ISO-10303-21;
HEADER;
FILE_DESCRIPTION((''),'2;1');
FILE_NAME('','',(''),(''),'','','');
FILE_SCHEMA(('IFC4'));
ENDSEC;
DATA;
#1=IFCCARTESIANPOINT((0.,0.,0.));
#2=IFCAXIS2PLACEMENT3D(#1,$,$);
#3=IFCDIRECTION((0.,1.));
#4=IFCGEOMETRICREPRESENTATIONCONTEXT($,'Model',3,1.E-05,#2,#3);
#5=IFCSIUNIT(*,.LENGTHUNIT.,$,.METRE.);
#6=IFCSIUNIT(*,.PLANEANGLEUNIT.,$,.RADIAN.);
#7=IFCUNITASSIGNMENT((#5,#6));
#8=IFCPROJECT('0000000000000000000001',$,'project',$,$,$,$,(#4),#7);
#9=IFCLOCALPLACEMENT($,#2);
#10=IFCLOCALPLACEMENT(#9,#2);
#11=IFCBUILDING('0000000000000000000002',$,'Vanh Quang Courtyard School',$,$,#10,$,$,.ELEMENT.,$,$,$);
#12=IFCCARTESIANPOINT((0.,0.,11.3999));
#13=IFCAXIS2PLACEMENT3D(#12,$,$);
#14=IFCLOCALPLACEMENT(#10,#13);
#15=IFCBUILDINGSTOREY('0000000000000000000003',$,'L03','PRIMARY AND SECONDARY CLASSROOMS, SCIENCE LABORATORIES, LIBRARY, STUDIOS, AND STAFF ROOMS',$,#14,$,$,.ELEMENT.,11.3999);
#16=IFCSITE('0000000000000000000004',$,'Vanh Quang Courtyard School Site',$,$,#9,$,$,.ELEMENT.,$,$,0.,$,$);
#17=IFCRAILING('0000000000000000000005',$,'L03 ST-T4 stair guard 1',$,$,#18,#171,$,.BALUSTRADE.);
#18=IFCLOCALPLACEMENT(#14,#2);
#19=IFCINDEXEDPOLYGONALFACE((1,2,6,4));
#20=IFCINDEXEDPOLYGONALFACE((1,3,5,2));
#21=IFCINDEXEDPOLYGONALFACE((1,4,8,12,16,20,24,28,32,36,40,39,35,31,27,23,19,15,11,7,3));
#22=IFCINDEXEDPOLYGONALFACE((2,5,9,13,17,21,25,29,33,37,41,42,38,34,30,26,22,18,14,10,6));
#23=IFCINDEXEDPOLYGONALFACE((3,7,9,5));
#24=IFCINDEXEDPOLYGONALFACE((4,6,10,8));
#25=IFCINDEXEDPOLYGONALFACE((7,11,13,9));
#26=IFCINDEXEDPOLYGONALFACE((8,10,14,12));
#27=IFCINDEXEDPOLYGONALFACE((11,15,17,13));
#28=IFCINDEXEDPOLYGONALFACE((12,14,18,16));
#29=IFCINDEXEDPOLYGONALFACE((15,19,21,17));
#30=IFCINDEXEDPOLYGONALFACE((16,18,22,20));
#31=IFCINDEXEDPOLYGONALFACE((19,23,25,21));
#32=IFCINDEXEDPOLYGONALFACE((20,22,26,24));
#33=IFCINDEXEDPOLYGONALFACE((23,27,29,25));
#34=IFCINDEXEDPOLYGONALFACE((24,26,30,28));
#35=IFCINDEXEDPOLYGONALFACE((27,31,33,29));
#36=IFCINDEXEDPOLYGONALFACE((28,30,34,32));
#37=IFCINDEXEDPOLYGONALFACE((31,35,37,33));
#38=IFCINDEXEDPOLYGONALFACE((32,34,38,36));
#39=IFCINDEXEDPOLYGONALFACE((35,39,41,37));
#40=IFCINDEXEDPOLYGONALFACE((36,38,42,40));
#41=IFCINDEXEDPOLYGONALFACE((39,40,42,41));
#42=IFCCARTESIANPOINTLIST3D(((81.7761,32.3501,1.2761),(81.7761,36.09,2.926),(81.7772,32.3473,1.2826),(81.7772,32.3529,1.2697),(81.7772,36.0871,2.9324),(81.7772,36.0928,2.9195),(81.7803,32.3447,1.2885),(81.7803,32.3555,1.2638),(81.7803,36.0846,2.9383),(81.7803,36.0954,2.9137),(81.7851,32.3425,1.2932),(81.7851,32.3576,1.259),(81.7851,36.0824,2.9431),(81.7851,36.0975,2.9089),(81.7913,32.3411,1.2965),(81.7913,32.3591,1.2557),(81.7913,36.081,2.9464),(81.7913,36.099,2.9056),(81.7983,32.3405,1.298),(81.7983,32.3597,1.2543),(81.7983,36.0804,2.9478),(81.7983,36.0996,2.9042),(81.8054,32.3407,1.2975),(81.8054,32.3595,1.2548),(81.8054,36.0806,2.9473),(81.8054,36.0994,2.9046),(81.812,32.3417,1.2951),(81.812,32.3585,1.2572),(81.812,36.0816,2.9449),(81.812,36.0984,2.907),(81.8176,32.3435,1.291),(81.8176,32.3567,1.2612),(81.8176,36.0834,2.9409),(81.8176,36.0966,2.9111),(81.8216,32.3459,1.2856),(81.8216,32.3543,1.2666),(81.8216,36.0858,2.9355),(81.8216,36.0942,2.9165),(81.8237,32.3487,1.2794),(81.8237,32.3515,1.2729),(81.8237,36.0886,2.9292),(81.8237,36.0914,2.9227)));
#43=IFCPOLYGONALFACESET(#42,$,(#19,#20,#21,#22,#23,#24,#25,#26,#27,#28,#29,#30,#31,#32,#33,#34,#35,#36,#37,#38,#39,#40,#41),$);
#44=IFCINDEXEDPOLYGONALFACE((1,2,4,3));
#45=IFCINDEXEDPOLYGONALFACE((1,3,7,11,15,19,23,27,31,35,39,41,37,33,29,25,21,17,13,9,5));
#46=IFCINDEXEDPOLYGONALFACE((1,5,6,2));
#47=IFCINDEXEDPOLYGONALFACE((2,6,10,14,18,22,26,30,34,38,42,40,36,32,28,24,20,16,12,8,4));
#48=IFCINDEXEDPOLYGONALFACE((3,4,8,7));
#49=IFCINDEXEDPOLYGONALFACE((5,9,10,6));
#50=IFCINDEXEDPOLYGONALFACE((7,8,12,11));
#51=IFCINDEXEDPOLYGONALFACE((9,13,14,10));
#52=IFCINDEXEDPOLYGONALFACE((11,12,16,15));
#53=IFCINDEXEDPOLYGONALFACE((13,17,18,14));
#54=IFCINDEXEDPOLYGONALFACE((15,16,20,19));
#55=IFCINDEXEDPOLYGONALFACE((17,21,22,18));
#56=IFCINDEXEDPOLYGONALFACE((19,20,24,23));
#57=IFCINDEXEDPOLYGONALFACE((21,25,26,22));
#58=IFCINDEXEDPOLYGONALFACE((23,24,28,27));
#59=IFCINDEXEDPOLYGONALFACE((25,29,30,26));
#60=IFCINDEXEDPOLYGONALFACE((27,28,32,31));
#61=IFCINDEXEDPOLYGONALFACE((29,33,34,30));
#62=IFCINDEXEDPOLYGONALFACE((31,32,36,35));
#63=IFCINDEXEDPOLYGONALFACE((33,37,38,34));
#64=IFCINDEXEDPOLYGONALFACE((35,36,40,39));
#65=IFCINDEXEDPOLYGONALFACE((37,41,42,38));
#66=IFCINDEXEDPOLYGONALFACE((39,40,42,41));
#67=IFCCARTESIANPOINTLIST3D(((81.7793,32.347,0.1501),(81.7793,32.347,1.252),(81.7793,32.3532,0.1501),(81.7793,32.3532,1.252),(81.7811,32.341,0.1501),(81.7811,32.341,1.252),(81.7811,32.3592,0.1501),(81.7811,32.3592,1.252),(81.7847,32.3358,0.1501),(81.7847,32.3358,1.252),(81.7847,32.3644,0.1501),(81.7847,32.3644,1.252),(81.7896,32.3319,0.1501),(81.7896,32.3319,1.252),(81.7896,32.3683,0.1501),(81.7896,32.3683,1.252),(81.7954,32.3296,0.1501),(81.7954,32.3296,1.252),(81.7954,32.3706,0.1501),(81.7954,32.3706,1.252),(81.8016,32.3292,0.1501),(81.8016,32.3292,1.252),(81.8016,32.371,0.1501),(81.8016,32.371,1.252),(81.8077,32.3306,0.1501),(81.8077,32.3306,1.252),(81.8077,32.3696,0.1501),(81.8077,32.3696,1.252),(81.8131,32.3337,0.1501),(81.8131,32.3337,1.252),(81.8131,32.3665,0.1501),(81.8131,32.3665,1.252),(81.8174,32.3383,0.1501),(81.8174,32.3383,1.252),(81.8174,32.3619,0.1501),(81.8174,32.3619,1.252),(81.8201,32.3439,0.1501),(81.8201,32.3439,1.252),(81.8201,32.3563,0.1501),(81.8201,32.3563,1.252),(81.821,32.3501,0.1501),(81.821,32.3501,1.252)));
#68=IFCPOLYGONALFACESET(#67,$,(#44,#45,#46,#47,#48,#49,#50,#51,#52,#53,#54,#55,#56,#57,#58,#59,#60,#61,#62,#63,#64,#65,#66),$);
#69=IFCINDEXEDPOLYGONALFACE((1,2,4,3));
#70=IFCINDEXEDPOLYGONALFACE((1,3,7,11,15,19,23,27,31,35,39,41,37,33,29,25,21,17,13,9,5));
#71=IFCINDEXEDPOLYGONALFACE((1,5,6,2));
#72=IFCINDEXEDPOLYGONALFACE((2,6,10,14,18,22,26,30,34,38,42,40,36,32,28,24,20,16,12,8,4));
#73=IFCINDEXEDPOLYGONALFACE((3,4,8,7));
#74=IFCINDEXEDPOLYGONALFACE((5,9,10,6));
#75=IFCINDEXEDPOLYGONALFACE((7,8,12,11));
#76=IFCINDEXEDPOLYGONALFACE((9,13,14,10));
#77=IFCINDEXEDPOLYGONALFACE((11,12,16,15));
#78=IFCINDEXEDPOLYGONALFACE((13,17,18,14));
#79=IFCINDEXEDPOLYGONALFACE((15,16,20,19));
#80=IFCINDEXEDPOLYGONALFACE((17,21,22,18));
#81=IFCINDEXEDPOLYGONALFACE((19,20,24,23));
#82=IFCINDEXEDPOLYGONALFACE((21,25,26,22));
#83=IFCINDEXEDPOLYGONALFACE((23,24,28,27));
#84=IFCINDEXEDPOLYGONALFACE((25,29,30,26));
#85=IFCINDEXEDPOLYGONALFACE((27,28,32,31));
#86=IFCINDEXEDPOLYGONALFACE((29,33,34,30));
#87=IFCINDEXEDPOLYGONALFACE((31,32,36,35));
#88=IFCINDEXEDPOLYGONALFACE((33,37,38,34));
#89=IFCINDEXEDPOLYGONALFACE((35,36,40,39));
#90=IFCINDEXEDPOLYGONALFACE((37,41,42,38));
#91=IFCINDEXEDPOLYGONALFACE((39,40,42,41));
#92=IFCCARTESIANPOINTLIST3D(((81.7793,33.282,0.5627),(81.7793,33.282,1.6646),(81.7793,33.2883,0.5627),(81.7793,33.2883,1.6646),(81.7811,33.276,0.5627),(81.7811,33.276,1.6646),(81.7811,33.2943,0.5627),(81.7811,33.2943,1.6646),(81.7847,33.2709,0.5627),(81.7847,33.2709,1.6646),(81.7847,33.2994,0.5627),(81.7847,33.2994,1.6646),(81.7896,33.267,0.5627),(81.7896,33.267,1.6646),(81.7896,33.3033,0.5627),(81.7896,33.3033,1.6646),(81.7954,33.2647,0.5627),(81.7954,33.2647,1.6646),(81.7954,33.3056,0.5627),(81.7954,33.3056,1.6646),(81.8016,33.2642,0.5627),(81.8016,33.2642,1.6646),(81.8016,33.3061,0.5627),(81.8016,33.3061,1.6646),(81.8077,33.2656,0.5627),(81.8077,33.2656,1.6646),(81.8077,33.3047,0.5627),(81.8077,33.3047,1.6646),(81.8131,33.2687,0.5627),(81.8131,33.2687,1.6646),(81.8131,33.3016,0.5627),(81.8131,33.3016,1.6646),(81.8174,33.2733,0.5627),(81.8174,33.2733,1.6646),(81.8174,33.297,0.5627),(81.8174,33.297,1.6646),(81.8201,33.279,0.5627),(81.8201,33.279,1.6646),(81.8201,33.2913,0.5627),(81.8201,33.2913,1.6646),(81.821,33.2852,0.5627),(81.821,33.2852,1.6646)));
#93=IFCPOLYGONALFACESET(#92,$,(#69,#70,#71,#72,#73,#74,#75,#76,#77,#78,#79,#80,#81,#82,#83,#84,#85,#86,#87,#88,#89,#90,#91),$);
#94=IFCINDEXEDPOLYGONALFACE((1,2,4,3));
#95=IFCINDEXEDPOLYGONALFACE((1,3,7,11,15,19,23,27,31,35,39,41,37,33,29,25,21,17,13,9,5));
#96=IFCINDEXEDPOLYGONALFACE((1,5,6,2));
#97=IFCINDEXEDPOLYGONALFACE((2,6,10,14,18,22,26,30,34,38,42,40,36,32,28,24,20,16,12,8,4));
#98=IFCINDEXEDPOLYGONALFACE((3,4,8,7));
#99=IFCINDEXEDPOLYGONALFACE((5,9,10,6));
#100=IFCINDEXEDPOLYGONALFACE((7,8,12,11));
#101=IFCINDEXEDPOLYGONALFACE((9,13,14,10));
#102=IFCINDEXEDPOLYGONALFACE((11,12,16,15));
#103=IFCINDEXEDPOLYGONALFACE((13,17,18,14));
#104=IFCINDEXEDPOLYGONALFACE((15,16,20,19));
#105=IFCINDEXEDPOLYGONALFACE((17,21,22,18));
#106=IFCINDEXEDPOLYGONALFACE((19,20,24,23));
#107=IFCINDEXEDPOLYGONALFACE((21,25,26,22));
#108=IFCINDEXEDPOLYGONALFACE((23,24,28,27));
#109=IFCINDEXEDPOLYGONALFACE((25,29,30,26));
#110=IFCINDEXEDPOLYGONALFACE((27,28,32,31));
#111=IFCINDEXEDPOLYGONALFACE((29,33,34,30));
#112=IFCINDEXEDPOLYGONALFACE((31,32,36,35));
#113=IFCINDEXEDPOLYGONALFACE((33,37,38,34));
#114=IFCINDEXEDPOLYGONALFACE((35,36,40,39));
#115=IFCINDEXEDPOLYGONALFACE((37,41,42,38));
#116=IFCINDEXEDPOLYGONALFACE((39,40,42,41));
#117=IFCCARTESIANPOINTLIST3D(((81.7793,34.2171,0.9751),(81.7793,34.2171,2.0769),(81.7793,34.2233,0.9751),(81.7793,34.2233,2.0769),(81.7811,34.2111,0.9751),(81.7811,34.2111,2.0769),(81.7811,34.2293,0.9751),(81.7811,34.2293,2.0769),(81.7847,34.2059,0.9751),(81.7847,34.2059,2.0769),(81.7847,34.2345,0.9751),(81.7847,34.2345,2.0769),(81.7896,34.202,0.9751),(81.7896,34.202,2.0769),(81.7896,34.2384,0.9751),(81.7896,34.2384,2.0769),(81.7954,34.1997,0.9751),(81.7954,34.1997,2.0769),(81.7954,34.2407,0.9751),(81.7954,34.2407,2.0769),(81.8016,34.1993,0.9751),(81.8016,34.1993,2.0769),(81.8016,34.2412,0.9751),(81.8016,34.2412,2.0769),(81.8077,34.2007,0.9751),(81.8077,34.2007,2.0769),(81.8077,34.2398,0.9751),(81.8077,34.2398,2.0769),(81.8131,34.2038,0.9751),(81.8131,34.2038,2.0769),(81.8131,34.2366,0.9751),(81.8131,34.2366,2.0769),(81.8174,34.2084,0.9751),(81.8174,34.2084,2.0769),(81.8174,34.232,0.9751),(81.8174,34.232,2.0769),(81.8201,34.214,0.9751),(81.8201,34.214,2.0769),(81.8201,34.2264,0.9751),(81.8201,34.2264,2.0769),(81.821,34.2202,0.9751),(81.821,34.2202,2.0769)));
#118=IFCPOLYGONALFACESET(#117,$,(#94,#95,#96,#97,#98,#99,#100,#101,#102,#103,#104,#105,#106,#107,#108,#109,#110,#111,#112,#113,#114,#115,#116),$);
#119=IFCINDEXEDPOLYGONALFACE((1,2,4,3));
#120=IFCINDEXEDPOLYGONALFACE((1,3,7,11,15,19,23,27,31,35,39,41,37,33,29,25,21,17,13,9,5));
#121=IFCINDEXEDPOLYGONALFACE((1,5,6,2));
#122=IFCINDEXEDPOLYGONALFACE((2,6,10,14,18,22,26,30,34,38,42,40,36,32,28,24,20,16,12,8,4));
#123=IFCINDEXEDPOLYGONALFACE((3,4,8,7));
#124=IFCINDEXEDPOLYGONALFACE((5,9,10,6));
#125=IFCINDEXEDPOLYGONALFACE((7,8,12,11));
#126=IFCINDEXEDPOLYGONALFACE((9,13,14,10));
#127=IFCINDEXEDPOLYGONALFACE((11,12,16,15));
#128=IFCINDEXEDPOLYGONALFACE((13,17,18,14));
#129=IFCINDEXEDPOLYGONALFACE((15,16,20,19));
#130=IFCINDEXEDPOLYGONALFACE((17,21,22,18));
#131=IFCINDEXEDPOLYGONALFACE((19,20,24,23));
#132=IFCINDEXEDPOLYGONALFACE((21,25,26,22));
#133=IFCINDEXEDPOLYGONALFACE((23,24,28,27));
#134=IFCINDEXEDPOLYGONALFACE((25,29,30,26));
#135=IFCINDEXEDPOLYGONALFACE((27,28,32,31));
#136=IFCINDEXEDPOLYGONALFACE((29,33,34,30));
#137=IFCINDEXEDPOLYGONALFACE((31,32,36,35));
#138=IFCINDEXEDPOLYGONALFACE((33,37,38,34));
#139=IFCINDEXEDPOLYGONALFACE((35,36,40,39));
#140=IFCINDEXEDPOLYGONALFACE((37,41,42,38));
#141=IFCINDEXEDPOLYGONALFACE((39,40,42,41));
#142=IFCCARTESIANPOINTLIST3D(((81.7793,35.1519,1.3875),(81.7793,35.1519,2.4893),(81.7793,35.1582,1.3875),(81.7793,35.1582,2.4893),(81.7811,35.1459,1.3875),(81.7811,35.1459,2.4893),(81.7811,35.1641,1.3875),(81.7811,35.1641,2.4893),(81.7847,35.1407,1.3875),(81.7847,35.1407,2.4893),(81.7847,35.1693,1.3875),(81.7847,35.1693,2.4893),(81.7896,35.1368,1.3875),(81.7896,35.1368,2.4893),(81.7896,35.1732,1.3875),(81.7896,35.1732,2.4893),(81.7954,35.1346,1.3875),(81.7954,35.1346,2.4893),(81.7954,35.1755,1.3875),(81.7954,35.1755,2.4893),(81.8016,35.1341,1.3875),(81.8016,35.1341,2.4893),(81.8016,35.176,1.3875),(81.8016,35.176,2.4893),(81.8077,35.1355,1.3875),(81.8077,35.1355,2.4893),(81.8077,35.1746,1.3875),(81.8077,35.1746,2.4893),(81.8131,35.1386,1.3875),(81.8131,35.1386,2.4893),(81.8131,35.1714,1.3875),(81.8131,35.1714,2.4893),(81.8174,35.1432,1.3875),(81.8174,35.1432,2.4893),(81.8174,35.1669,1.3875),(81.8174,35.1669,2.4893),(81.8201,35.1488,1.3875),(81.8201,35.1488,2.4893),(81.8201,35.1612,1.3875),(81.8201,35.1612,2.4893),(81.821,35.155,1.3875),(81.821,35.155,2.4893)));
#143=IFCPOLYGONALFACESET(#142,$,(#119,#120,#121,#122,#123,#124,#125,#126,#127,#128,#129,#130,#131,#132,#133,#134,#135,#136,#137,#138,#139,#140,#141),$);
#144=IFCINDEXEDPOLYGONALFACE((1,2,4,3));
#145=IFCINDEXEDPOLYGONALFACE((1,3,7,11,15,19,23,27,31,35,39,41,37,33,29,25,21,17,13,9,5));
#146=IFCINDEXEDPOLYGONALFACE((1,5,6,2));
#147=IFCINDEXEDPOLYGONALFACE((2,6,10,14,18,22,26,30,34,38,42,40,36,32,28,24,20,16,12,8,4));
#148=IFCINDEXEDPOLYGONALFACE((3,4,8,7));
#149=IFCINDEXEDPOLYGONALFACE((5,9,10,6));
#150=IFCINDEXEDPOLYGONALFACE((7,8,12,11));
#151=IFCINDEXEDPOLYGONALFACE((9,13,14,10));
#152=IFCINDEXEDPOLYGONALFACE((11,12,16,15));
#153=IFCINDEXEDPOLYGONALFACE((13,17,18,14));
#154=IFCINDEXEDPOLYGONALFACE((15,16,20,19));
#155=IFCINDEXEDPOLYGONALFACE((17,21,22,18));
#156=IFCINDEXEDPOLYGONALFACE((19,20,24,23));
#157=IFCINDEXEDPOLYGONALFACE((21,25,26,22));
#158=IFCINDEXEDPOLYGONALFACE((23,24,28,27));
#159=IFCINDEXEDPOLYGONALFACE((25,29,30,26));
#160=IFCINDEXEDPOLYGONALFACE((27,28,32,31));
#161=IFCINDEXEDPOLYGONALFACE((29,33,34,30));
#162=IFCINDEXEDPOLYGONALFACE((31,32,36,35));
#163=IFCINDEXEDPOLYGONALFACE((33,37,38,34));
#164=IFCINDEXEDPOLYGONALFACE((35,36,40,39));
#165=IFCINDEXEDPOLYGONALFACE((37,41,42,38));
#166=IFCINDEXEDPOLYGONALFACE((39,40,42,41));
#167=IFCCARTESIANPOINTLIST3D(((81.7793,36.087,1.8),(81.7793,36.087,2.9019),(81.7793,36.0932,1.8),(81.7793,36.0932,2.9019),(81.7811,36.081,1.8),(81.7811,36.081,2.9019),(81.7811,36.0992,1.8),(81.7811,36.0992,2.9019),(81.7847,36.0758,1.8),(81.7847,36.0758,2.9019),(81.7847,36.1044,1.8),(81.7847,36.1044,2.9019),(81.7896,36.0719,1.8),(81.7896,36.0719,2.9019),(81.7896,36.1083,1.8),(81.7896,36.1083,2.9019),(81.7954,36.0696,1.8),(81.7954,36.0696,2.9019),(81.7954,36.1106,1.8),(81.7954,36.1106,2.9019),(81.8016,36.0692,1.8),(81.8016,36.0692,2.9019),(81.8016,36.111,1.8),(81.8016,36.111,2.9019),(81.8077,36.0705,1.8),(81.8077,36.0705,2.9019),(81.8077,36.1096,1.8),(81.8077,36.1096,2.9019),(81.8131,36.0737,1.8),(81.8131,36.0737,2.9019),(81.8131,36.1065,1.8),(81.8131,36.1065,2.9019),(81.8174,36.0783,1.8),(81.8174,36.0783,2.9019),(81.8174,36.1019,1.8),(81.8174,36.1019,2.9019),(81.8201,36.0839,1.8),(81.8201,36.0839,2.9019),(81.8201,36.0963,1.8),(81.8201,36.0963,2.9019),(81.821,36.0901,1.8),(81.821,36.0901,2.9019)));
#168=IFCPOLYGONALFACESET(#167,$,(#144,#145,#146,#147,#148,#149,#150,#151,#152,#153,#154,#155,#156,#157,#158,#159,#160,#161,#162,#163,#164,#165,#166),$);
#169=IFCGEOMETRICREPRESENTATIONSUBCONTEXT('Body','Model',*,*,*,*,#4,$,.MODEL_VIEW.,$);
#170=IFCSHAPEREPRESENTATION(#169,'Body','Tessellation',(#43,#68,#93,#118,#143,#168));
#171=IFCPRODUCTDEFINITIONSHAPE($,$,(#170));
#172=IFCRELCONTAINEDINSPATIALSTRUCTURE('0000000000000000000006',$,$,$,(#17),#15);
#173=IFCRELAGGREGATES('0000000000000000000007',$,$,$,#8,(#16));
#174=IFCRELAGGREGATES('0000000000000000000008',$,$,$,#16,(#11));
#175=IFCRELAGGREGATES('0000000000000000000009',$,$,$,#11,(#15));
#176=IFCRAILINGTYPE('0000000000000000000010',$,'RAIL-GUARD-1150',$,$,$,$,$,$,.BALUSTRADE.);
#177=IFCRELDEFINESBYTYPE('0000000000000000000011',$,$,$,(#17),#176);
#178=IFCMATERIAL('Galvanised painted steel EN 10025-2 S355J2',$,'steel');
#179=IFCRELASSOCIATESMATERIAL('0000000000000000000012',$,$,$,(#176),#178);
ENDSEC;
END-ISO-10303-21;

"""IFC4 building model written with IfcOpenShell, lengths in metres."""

from ifc_helpers import new_model, si_unit, direction, frame, origin, origin_2d, place, context, subcontext, project, spatial, circle, extrude, material, type_object, element, save


model = new_model("IFC4")

# Units and contexts
model_context = context("Model", 3, precision=1e-05, world=origin(), true_north=direction((0.0, 1.0)))
body_context = subcontext(model_context, "Body", "Model", "MODEL_VIEW")
ifc_project = project(units=[si_unit("LENGTHUNIT", "METRE"), si_unit("PLANEANGLEUNIT", "RADIAN")], contexts=[model_context])

# Site, building, storey
site_placement = place(None, origin())
site = spatial("IfcSite", under=ifc_project, at=site_placement, Name="Vanh Quang Courtyard School Site", CompositionType="ELEMENT", RefElevation=0.0)
building_placement = place(site_placement, origin())
building = spatial("IfcBuilding", under=site, at=building_placement, Name="Vanh Quang Courtyard School", CompositionType="ELEMENT")
storey_placement = place(building_placement, frame((0.0, 0.0, 11.3999)))
storey = spatial("IfcBuildingStorey", under=building, at=storey_placement, Name="L03", Description="PRIMARY AND SECONDARY CLASSROOMS, SCIENCE LABORATORIES, LIBRARY, STUDIOS, AND STAFF ROOMS", CompositionType="ELEMENT", Elevation=11.3999)

# Railing
ifc_material_1 = material(Name="Galvanised painted steel EN 10025-2 S355J2", Category="steel")
railing_type_1 = type_object("IfcRailingType", Name="RAIL-GUARD-1150", PredefinedType="BALUSTRADE", material=ifc_material_1)
railing_1_placement = place(storey_placement, frame((81.8, 32.3501, 0.1501)))
element("IfcRailing", 1, at=railing_1_placement, inside=storey, type_object=railing_type_1, Name="L03 ST-T4 stair guard 1", PredefinedType="BALUSTRADE", context=body_context, shape_type="SweptSolid", body=[
    extrude(circle(Radius=0.0239, at=origin_2d()), frame((0.0, 0.0, 1.126), z_axis=(0.0, 0.914926, 0.403621), x_axis=(-1.0, 0.0, 0.0)), (0.0, 0.0, 1.0), 4.0876),
    extrude(circle(Radius=0.021, at=origin_2d()), origin(), (0.0, 0.0, 1.0), 1.1018),
    extrude(circle(Radius=0.021, at=origin_2d()), frame((0.0, 0.9351, 0.4126)), (0.0, 0.0, 1.0), 1.1018),
    extrude(circle(Radius=0.021, at=origin_2d()), frame((0.0, 1.8701, 0.825)), (0.0, 0.0, 1.0), 1.1018),
    extrude(circle(Radius=0.021, at=origin_2d()), frame((0.0, 2.8049, 1.2373)), (0.0, 0.0, 1.0), 1.1018),
    extrude(circle(Radius=0.021, at=origin_2d()), frame((0.0, 3.74, 1.6499)), (0.0, 0.0, 1.0), 1.1018),
])

save(model, "model.ifc")
